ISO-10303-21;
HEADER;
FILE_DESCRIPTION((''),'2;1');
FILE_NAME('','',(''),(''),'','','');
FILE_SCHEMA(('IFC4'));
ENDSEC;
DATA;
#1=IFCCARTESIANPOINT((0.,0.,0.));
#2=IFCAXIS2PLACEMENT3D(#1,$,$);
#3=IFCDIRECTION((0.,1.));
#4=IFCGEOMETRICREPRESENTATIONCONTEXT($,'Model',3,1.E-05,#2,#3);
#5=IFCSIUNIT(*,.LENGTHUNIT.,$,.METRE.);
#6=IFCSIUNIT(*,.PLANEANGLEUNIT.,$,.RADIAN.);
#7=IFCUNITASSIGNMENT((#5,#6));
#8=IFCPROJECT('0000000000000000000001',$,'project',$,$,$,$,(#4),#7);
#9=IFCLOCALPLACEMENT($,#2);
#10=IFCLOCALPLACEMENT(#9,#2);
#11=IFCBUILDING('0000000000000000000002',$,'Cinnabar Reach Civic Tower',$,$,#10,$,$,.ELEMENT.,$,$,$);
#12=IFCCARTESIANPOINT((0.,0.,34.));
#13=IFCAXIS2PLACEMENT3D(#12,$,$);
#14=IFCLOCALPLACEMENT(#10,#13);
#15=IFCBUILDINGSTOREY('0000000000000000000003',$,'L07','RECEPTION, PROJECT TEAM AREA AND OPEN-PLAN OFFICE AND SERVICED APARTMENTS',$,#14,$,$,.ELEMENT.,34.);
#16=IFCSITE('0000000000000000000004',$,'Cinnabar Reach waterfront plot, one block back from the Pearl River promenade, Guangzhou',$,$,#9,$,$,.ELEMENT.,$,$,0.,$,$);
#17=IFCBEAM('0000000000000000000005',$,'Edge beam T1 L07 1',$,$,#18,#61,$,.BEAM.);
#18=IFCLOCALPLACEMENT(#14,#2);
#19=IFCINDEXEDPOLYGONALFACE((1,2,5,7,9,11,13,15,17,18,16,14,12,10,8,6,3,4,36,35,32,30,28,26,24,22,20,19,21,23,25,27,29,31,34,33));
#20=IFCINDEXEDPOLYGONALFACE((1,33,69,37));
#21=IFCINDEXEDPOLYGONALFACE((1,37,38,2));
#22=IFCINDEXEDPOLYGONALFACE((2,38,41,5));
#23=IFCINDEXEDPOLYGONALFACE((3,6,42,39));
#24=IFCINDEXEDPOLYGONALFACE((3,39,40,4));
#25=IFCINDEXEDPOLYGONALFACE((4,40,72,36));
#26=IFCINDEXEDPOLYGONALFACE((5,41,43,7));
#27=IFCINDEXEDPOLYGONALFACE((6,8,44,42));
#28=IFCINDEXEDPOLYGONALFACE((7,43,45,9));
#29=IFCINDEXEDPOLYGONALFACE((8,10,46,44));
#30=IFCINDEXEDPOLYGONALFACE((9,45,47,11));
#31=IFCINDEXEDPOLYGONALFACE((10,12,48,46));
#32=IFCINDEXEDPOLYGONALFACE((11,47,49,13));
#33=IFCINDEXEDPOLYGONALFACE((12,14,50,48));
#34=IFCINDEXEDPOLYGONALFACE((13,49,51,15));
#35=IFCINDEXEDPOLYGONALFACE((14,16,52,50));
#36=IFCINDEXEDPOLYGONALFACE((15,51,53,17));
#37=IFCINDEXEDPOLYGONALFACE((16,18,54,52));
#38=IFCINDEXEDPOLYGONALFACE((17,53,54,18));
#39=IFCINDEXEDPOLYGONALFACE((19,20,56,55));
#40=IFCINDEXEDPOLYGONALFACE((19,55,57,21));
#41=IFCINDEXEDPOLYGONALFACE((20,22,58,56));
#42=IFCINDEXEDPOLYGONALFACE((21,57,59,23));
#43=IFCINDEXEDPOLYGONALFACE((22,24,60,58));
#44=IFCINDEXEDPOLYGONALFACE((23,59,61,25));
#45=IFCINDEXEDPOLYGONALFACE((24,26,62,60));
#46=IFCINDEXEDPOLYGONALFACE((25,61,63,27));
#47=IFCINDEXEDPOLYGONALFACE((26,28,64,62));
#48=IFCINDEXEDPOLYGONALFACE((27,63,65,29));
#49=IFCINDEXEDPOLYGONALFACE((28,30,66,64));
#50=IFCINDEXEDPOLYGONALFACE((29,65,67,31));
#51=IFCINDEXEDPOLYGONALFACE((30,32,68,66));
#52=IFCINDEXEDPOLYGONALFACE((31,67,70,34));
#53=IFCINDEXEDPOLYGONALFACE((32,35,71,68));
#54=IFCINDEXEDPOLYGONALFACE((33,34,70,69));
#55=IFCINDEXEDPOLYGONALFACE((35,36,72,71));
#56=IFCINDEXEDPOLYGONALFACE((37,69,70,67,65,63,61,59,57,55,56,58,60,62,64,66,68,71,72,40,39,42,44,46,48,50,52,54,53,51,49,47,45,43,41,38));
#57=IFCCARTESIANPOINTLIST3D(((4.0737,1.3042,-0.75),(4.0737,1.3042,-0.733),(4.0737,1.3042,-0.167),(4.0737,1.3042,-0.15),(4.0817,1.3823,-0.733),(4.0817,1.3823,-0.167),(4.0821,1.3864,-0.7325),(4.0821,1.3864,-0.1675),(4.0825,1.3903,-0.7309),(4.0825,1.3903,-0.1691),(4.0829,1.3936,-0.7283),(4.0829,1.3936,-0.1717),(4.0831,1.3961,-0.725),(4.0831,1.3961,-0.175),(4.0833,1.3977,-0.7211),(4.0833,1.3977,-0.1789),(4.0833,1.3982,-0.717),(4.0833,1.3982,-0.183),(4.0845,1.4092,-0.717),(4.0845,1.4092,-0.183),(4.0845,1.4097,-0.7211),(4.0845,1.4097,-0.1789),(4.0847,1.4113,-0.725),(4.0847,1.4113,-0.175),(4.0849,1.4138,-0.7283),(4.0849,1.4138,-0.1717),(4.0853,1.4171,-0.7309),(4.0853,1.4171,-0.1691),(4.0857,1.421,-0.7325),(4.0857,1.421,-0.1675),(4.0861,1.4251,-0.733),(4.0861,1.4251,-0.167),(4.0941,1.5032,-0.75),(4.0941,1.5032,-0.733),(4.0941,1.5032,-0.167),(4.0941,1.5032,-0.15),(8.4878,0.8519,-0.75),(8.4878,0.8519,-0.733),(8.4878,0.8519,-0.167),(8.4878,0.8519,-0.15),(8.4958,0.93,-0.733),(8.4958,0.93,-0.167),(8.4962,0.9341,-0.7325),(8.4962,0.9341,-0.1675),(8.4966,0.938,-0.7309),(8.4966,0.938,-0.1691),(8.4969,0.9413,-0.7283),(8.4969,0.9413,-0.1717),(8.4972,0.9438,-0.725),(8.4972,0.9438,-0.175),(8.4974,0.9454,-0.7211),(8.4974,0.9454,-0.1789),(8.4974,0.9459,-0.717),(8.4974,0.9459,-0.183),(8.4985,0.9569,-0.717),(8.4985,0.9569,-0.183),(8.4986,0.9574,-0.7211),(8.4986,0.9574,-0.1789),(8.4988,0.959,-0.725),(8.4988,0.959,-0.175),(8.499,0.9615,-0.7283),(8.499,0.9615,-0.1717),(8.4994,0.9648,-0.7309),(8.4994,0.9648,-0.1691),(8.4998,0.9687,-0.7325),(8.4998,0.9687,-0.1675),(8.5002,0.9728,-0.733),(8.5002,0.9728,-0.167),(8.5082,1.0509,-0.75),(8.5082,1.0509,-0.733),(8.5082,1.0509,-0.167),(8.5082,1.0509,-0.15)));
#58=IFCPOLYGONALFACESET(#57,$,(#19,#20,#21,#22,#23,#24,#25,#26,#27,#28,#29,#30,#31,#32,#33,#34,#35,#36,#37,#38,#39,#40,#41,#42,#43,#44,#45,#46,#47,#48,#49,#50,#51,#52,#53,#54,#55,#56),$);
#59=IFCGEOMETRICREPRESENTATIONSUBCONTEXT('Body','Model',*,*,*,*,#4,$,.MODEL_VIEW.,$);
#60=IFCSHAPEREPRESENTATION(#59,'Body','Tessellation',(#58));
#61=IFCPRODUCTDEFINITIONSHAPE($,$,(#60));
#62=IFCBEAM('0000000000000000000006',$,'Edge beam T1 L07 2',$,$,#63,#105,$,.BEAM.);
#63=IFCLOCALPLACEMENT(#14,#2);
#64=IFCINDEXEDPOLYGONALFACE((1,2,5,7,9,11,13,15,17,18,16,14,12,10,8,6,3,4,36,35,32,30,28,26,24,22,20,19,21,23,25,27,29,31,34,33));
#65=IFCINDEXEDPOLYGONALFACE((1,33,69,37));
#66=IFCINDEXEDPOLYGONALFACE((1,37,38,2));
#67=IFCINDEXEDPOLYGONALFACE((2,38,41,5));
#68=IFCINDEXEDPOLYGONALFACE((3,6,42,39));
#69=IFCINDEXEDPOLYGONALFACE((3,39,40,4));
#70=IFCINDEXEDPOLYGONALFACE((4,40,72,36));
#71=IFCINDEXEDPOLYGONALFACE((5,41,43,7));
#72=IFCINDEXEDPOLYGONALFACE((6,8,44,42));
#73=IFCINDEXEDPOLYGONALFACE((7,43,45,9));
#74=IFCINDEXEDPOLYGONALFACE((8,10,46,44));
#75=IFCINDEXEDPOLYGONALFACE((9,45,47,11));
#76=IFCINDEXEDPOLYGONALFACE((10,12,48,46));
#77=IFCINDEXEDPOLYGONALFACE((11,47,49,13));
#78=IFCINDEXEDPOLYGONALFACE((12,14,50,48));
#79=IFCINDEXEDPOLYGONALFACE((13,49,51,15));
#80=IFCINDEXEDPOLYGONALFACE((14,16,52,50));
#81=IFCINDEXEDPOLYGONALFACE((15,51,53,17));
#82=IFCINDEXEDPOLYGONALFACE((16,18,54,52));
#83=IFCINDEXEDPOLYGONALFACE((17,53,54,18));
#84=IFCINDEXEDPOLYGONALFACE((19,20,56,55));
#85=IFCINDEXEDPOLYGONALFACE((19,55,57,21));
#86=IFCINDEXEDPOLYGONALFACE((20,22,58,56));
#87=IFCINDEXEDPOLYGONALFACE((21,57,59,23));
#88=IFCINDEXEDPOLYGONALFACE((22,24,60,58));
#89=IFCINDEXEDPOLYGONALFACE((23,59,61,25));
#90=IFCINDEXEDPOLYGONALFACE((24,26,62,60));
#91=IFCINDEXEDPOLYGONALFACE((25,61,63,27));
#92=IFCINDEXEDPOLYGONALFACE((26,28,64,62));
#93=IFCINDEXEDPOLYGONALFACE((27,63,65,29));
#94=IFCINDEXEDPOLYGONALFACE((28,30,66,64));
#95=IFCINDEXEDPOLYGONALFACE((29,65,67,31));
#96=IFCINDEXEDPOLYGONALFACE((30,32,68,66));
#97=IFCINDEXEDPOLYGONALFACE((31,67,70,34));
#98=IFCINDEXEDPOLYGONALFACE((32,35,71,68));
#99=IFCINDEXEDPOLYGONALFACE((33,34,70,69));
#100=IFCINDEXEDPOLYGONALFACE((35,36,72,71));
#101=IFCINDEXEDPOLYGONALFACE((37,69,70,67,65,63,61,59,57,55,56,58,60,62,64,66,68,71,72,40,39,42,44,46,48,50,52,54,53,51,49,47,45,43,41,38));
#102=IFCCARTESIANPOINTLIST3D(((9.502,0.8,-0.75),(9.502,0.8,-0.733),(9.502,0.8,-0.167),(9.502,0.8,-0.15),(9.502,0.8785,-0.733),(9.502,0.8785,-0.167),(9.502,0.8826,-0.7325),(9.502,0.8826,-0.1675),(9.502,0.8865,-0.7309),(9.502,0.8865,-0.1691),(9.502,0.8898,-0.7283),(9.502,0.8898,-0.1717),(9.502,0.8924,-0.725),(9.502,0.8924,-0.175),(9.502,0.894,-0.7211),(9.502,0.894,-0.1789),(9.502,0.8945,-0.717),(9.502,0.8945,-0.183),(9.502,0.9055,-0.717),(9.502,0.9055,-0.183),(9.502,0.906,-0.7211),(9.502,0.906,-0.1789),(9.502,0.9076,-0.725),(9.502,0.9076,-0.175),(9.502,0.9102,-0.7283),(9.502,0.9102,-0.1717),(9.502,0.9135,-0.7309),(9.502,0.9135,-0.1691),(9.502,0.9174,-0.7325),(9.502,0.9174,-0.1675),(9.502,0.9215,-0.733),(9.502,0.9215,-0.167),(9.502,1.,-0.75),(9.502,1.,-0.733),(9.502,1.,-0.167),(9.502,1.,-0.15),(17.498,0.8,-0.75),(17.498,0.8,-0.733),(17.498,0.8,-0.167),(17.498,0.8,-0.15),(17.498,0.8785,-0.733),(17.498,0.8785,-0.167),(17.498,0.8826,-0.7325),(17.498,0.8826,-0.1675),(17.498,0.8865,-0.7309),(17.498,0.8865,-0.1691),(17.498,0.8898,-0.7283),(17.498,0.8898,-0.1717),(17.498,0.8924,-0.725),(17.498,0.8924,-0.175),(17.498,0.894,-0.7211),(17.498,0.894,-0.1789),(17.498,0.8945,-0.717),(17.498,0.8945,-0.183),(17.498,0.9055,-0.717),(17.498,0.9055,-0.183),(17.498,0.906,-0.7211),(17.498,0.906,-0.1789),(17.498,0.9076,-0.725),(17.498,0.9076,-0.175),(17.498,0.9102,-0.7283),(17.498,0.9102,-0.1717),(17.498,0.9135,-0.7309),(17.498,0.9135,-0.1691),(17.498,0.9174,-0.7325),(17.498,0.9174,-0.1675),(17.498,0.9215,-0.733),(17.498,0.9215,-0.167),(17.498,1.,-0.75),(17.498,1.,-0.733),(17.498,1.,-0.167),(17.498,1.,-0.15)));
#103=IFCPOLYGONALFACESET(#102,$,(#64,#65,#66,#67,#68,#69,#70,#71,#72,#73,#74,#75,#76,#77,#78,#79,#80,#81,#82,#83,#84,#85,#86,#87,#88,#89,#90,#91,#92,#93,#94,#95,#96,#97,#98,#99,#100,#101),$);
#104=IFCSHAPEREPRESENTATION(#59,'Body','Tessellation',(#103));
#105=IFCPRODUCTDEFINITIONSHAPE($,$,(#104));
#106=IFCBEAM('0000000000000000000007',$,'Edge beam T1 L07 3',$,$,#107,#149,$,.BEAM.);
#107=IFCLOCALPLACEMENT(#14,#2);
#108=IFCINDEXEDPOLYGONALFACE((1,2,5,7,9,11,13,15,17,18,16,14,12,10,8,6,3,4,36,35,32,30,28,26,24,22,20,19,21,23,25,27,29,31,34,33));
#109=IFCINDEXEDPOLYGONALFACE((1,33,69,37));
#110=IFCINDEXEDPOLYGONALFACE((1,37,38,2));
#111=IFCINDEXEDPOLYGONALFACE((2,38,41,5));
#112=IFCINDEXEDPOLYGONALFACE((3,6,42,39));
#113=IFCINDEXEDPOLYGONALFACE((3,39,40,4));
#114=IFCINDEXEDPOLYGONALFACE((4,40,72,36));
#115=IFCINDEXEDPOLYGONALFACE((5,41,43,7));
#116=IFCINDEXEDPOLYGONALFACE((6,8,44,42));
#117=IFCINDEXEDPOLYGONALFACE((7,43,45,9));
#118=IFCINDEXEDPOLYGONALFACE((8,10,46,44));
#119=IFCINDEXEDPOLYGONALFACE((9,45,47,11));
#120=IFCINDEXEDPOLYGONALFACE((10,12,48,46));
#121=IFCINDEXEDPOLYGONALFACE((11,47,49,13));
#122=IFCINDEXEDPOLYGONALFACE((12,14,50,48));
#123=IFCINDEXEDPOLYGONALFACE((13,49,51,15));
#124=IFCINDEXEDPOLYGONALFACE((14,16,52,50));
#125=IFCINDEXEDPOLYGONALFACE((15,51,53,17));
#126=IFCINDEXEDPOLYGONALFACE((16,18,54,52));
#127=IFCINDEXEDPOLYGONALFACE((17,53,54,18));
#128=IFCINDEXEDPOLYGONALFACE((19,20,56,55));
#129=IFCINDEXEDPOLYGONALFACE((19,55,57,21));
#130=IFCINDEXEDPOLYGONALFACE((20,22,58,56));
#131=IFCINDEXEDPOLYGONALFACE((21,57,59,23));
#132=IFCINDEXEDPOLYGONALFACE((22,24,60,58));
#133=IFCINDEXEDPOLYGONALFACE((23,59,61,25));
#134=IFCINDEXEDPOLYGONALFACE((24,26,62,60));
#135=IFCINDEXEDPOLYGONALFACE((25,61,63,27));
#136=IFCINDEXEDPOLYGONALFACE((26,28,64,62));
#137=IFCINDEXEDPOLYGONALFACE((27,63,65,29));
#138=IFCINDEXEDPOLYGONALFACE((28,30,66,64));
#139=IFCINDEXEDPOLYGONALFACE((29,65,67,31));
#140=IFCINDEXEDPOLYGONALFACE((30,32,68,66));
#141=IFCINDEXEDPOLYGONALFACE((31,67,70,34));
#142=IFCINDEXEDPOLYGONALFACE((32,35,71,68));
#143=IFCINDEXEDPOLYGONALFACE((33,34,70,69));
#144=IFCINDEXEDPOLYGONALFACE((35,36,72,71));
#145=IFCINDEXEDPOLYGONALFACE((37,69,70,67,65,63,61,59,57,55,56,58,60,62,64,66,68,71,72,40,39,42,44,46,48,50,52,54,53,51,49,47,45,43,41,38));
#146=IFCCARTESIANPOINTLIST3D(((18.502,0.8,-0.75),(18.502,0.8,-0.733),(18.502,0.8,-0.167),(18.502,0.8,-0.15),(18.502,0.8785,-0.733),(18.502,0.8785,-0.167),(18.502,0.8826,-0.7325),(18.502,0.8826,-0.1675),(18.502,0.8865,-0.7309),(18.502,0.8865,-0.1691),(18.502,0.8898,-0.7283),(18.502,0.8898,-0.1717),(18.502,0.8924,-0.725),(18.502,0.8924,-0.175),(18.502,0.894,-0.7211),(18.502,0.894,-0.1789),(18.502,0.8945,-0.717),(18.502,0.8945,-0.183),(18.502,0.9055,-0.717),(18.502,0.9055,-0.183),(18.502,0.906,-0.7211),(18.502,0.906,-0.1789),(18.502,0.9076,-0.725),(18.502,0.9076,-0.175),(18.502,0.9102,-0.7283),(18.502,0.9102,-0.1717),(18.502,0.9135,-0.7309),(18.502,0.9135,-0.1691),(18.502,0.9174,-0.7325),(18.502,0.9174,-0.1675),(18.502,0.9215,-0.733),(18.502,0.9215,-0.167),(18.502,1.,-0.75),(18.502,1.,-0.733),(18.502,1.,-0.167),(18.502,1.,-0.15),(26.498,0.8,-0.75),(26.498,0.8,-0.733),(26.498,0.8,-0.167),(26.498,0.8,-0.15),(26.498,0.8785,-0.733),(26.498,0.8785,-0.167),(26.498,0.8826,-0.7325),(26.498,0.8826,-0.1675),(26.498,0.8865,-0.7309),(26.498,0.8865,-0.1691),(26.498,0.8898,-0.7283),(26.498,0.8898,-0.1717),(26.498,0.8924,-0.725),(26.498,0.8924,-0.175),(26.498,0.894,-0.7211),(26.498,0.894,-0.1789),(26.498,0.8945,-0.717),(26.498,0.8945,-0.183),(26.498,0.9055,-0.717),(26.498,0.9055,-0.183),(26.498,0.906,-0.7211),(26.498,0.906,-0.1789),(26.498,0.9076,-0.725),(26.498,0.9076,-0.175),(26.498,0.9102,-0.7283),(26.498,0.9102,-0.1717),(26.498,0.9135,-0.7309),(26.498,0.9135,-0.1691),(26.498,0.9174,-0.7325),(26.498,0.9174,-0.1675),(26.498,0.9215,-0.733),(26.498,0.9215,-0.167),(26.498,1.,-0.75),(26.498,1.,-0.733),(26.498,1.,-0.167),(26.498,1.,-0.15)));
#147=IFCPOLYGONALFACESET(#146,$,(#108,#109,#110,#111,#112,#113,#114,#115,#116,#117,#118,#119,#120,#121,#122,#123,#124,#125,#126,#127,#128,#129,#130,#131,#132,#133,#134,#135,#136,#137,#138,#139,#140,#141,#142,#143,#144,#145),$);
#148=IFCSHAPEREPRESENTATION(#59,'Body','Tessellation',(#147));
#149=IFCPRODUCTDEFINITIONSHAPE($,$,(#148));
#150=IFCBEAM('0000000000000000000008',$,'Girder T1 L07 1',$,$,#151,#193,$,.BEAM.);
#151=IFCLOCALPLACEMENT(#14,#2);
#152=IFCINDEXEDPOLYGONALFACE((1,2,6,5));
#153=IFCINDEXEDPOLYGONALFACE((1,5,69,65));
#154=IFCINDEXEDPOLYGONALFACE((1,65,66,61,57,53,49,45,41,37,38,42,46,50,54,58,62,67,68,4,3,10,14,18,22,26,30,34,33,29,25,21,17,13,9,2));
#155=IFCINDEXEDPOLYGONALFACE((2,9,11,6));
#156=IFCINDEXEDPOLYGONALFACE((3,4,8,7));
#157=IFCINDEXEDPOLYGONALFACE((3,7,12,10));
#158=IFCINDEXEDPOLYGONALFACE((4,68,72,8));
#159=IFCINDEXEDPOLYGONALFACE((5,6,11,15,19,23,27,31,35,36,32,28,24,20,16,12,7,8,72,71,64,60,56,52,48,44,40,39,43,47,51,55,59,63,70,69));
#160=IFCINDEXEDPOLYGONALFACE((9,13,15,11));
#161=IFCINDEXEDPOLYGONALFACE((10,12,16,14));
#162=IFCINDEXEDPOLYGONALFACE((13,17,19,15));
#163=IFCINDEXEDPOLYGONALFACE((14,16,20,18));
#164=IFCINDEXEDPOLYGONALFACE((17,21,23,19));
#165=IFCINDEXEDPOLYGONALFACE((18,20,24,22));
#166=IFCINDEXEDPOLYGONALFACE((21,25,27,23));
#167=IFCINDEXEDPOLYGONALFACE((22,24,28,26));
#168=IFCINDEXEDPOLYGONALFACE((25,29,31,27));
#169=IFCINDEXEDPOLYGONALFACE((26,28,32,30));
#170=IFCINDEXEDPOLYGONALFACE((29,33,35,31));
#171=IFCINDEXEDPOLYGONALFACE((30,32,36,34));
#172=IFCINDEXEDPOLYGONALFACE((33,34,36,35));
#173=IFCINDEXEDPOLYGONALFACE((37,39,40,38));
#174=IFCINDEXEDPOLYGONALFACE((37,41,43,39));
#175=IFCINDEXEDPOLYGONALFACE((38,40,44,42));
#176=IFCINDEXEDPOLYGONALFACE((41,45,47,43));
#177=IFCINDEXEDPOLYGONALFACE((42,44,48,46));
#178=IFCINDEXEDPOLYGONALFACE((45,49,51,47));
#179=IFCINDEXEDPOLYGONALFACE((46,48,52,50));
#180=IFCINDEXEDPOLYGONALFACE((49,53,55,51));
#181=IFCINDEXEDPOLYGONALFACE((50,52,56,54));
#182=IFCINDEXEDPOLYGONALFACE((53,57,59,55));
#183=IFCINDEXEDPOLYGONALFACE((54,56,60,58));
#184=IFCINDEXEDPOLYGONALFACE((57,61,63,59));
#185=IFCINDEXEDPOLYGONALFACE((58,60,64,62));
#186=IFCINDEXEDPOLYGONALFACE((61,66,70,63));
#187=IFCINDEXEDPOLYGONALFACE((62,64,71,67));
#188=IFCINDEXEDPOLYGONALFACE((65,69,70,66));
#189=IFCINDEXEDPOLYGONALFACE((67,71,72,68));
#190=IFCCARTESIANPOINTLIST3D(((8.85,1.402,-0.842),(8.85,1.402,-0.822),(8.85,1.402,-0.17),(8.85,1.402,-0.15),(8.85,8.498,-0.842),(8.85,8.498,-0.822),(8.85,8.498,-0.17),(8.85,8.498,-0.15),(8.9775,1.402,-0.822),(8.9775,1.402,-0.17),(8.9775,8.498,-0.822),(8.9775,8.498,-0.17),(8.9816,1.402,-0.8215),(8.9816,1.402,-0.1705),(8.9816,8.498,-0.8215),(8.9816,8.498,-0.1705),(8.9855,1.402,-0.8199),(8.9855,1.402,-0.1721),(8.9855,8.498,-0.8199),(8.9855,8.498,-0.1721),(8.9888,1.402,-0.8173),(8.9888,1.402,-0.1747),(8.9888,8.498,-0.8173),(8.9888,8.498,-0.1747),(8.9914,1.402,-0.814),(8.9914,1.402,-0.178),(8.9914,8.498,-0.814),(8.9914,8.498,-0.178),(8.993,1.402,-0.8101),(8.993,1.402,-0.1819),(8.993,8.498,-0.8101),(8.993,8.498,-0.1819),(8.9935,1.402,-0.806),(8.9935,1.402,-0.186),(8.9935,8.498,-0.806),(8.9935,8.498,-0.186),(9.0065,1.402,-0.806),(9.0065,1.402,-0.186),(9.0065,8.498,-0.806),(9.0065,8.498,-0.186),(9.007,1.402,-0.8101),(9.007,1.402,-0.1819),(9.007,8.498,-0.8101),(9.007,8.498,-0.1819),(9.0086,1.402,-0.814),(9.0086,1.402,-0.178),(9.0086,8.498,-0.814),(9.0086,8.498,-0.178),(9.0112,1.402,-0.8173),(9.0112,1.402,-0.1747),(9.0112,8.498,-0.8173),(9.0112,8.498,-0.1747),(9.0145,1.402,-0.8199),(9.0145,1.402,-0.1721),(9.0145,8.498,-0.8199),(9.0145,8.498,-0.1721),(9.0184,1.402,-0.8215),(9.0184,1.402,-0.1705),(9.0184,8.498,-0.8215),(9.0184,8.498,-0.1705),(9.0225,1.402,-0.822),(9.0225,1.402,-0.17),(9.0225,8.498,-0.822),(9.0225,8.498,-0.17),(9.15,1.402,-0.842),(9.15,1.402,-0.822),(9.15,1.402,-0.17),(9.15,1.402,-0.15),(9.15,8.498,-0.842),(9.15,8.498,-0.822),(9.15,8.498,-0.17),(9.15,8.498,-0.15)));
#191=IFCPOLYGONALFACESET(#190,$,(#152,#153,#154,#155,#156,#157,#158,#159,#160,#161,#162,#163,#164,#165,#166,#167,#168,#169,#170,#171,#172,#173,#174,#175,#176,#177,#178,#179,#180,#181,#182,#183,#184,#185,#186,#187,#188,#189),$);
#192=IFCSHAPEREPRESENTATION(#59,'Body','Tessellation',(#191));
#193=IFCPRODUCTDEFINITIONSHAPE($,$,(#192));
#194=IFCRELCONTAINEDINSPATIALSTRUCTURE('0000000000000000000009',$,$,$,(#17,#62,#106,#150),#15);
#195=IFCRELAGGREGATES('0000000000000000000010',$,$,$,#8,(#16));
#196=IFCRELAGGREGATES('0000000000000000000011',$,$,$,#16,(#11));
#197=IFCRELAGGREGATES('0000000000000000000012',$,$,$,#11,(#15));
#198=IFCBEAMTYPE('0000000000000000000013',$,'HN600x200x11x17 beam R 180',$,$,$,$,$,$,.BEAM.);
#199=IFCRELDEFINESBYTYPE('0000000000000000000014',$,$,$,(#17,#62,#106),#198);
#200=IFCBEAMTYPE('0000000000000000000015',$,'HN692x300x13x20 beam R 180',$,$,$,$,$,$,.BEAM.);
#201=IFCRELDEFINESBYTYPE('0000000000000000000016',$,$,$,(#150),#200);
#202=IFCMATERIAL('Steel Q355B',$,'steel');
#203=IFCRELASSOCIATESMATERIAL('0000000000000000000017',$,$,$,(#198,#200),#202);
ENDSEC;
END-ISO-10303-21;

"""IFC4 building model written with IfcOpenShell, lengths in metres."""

from ifc_helpers import new_model, si_unit, direction, frame, origin, origin_2d, place, context, subcontext, project, spatial, i_section, extrude, material, material_profile, profile_set, type_object, element, save


model = new_model("IFC4")

# Units and contexts
model_context = context("Model", 3, precision=1e-05, world=origin(), true_north=direction((0.0, 1.0)))
body_context = subcontext(model_context, "Body", "Model", "MODEL_VIEW")
ifc_project = project(units=[si_unit("LENGTHUNIT", "METRE"), si_unit("PLANEANGLEUNIT", "RADIAN")], contexts=[model_context])

# Site, building, storey
site_placement = place(None, origin())
site = spatial("IfcSite", under=ifc_project, at=site_placement, Name="Cinnabar Reach waterfront plot, one block back from the Pearl River promenade, Guangzhou", CompositionType="ELEMENT", RefElevation=0.0)
building_placement = place(site_placement, origin())
building = spatial("IfcBuilding", under=site, at=building_placement, Name="Cinnabar Reach Civic Tower", CompositionType="ELEMENT")
storey_placement = place(building_placement, frame((0.0, 0.0, 34.0)))
storey = spatial("IfcBuildingStorey", under=building, at=storey_placement, Name="L07", Description="RECEPTION, PROJECT TEAM AREA AND OPEN-PLAN OFFICE AND SERVICED APARTMENTS", CompositionType="ELEMENT", Elevation=34.0)

# Beams
ifc_material_1 = material(Name="Steel Q355B", Category="steel")
ifc_material_profile_1 = material_profile(ifc_material_1, i_section(OverallWidth=0.2, OverallDepth=0.6, WebThickness=0.011, FlangeThickness=0.017, FilletRadius=0.016, at=origin_2d()), Name="HN600x200x11x17")
ifc_profile_set_1 = profile_set([ifc_material_profile_1], Name="Steel Q355B")
beam_type_1 = type_object("IfcBeamType", Name="HN600x200x11x17 beam R 180", PredefinedType="BEAM", material=ifc_profile_set_1)
beam_1_placement = place(storey_placement, frame((4.0839, 1.4037, -0.45), z_axis=(0.994791, -0.101933, 0.0), x_axis=(0.101933, 0.994791, 0.0)))
element("IfcBeam", 1, at=beam_1_placement, inside=storey, type_object=beam_type_1, Name="Edge beam T1 L07 1", PredefinedType="BEAM", context=body_context, shape_type="SweptSolid", body=[
    extrude(i_section(OverallWidth=0.2, OverallDepth=0.6, WebThickness=0.011, FlangeThickness=0.017, FilletRadius=0.016, at=origin_2d()), origin(), (0.0, 0.0, 1.0), 4.4372),
])
for number, where, z_axis, x_axis, name in (
    (2, (9.502, 0.9, -0.45), (1.0, 0.0, 0.0), (0.0, 1.0, 0.0), "Edge beam T1 L07 2"),
    (3, (18.502, 0.9, -0.45), (1.0, 0.0, 0.0), (0.0, 1.0, 0.0), "Edge beam T1 L07 3"),
):
    element("IfcBeam", number, at=place(storey_placement, frame(where, z_axis=z_axis, x_axis=x_axis)), inside=storey, type_object=beam_type_1, Name=name, PredefinedType="BEAM", context=body_context, shape_type="SweptSolid", body=[
        extrude(i_section(OverallWidth=0.2, OverallDepth=0.6, WebThickness=0.011, FlangeThickness=0.017, FilletRadius=0.016, at=origin_2d()), origin(), (0.0, 0.0, 1.0), 7.996),
    ])
ifc_material_profile_2 = material_profile(ifc_material_1, i_section(OverallWidth=0.3, OverallDepth=0.692, WebThickness=0.013, FlangeThickness=0.02, FilletRadius=0.016, at=origin_2d()), Name="HN692x300x13x20")
ifc_profile_set_2 = profile_set([ifc_material_profile_2], Name="Steel Q355B")
beam_type_2 = type_object("IfcBeamType", Name="HN692x300x13x20 beam R 180", PredefinedType="BEAM", material=ifc_profile_set_2)
beam_2_placement = place(storey_placement, frame((9.0, 1.402, -0.496), z_axis=(0.0, 1.0, 0.0), x_axis=(-1.0, 0.0, 0.0)))
element("IfcBeam", 4, at=beam_2_placement, inside=storey, type_object=beam_type_2, Name="Girder T1 L07 1", PredefinedType="BEAM", context=body_context, shape_type="SweptSolid", body=[
    extrude(i_section(OverallWidth=0.3, OverallDepth=0.692, WebThickness=0.013, FlangeThickness=0.02, FilletRadius=0.016, at=origin_2d()), origin(), (0.0, 0.0, 1.0), 7.096),
])

save(model, "model.ifc")
